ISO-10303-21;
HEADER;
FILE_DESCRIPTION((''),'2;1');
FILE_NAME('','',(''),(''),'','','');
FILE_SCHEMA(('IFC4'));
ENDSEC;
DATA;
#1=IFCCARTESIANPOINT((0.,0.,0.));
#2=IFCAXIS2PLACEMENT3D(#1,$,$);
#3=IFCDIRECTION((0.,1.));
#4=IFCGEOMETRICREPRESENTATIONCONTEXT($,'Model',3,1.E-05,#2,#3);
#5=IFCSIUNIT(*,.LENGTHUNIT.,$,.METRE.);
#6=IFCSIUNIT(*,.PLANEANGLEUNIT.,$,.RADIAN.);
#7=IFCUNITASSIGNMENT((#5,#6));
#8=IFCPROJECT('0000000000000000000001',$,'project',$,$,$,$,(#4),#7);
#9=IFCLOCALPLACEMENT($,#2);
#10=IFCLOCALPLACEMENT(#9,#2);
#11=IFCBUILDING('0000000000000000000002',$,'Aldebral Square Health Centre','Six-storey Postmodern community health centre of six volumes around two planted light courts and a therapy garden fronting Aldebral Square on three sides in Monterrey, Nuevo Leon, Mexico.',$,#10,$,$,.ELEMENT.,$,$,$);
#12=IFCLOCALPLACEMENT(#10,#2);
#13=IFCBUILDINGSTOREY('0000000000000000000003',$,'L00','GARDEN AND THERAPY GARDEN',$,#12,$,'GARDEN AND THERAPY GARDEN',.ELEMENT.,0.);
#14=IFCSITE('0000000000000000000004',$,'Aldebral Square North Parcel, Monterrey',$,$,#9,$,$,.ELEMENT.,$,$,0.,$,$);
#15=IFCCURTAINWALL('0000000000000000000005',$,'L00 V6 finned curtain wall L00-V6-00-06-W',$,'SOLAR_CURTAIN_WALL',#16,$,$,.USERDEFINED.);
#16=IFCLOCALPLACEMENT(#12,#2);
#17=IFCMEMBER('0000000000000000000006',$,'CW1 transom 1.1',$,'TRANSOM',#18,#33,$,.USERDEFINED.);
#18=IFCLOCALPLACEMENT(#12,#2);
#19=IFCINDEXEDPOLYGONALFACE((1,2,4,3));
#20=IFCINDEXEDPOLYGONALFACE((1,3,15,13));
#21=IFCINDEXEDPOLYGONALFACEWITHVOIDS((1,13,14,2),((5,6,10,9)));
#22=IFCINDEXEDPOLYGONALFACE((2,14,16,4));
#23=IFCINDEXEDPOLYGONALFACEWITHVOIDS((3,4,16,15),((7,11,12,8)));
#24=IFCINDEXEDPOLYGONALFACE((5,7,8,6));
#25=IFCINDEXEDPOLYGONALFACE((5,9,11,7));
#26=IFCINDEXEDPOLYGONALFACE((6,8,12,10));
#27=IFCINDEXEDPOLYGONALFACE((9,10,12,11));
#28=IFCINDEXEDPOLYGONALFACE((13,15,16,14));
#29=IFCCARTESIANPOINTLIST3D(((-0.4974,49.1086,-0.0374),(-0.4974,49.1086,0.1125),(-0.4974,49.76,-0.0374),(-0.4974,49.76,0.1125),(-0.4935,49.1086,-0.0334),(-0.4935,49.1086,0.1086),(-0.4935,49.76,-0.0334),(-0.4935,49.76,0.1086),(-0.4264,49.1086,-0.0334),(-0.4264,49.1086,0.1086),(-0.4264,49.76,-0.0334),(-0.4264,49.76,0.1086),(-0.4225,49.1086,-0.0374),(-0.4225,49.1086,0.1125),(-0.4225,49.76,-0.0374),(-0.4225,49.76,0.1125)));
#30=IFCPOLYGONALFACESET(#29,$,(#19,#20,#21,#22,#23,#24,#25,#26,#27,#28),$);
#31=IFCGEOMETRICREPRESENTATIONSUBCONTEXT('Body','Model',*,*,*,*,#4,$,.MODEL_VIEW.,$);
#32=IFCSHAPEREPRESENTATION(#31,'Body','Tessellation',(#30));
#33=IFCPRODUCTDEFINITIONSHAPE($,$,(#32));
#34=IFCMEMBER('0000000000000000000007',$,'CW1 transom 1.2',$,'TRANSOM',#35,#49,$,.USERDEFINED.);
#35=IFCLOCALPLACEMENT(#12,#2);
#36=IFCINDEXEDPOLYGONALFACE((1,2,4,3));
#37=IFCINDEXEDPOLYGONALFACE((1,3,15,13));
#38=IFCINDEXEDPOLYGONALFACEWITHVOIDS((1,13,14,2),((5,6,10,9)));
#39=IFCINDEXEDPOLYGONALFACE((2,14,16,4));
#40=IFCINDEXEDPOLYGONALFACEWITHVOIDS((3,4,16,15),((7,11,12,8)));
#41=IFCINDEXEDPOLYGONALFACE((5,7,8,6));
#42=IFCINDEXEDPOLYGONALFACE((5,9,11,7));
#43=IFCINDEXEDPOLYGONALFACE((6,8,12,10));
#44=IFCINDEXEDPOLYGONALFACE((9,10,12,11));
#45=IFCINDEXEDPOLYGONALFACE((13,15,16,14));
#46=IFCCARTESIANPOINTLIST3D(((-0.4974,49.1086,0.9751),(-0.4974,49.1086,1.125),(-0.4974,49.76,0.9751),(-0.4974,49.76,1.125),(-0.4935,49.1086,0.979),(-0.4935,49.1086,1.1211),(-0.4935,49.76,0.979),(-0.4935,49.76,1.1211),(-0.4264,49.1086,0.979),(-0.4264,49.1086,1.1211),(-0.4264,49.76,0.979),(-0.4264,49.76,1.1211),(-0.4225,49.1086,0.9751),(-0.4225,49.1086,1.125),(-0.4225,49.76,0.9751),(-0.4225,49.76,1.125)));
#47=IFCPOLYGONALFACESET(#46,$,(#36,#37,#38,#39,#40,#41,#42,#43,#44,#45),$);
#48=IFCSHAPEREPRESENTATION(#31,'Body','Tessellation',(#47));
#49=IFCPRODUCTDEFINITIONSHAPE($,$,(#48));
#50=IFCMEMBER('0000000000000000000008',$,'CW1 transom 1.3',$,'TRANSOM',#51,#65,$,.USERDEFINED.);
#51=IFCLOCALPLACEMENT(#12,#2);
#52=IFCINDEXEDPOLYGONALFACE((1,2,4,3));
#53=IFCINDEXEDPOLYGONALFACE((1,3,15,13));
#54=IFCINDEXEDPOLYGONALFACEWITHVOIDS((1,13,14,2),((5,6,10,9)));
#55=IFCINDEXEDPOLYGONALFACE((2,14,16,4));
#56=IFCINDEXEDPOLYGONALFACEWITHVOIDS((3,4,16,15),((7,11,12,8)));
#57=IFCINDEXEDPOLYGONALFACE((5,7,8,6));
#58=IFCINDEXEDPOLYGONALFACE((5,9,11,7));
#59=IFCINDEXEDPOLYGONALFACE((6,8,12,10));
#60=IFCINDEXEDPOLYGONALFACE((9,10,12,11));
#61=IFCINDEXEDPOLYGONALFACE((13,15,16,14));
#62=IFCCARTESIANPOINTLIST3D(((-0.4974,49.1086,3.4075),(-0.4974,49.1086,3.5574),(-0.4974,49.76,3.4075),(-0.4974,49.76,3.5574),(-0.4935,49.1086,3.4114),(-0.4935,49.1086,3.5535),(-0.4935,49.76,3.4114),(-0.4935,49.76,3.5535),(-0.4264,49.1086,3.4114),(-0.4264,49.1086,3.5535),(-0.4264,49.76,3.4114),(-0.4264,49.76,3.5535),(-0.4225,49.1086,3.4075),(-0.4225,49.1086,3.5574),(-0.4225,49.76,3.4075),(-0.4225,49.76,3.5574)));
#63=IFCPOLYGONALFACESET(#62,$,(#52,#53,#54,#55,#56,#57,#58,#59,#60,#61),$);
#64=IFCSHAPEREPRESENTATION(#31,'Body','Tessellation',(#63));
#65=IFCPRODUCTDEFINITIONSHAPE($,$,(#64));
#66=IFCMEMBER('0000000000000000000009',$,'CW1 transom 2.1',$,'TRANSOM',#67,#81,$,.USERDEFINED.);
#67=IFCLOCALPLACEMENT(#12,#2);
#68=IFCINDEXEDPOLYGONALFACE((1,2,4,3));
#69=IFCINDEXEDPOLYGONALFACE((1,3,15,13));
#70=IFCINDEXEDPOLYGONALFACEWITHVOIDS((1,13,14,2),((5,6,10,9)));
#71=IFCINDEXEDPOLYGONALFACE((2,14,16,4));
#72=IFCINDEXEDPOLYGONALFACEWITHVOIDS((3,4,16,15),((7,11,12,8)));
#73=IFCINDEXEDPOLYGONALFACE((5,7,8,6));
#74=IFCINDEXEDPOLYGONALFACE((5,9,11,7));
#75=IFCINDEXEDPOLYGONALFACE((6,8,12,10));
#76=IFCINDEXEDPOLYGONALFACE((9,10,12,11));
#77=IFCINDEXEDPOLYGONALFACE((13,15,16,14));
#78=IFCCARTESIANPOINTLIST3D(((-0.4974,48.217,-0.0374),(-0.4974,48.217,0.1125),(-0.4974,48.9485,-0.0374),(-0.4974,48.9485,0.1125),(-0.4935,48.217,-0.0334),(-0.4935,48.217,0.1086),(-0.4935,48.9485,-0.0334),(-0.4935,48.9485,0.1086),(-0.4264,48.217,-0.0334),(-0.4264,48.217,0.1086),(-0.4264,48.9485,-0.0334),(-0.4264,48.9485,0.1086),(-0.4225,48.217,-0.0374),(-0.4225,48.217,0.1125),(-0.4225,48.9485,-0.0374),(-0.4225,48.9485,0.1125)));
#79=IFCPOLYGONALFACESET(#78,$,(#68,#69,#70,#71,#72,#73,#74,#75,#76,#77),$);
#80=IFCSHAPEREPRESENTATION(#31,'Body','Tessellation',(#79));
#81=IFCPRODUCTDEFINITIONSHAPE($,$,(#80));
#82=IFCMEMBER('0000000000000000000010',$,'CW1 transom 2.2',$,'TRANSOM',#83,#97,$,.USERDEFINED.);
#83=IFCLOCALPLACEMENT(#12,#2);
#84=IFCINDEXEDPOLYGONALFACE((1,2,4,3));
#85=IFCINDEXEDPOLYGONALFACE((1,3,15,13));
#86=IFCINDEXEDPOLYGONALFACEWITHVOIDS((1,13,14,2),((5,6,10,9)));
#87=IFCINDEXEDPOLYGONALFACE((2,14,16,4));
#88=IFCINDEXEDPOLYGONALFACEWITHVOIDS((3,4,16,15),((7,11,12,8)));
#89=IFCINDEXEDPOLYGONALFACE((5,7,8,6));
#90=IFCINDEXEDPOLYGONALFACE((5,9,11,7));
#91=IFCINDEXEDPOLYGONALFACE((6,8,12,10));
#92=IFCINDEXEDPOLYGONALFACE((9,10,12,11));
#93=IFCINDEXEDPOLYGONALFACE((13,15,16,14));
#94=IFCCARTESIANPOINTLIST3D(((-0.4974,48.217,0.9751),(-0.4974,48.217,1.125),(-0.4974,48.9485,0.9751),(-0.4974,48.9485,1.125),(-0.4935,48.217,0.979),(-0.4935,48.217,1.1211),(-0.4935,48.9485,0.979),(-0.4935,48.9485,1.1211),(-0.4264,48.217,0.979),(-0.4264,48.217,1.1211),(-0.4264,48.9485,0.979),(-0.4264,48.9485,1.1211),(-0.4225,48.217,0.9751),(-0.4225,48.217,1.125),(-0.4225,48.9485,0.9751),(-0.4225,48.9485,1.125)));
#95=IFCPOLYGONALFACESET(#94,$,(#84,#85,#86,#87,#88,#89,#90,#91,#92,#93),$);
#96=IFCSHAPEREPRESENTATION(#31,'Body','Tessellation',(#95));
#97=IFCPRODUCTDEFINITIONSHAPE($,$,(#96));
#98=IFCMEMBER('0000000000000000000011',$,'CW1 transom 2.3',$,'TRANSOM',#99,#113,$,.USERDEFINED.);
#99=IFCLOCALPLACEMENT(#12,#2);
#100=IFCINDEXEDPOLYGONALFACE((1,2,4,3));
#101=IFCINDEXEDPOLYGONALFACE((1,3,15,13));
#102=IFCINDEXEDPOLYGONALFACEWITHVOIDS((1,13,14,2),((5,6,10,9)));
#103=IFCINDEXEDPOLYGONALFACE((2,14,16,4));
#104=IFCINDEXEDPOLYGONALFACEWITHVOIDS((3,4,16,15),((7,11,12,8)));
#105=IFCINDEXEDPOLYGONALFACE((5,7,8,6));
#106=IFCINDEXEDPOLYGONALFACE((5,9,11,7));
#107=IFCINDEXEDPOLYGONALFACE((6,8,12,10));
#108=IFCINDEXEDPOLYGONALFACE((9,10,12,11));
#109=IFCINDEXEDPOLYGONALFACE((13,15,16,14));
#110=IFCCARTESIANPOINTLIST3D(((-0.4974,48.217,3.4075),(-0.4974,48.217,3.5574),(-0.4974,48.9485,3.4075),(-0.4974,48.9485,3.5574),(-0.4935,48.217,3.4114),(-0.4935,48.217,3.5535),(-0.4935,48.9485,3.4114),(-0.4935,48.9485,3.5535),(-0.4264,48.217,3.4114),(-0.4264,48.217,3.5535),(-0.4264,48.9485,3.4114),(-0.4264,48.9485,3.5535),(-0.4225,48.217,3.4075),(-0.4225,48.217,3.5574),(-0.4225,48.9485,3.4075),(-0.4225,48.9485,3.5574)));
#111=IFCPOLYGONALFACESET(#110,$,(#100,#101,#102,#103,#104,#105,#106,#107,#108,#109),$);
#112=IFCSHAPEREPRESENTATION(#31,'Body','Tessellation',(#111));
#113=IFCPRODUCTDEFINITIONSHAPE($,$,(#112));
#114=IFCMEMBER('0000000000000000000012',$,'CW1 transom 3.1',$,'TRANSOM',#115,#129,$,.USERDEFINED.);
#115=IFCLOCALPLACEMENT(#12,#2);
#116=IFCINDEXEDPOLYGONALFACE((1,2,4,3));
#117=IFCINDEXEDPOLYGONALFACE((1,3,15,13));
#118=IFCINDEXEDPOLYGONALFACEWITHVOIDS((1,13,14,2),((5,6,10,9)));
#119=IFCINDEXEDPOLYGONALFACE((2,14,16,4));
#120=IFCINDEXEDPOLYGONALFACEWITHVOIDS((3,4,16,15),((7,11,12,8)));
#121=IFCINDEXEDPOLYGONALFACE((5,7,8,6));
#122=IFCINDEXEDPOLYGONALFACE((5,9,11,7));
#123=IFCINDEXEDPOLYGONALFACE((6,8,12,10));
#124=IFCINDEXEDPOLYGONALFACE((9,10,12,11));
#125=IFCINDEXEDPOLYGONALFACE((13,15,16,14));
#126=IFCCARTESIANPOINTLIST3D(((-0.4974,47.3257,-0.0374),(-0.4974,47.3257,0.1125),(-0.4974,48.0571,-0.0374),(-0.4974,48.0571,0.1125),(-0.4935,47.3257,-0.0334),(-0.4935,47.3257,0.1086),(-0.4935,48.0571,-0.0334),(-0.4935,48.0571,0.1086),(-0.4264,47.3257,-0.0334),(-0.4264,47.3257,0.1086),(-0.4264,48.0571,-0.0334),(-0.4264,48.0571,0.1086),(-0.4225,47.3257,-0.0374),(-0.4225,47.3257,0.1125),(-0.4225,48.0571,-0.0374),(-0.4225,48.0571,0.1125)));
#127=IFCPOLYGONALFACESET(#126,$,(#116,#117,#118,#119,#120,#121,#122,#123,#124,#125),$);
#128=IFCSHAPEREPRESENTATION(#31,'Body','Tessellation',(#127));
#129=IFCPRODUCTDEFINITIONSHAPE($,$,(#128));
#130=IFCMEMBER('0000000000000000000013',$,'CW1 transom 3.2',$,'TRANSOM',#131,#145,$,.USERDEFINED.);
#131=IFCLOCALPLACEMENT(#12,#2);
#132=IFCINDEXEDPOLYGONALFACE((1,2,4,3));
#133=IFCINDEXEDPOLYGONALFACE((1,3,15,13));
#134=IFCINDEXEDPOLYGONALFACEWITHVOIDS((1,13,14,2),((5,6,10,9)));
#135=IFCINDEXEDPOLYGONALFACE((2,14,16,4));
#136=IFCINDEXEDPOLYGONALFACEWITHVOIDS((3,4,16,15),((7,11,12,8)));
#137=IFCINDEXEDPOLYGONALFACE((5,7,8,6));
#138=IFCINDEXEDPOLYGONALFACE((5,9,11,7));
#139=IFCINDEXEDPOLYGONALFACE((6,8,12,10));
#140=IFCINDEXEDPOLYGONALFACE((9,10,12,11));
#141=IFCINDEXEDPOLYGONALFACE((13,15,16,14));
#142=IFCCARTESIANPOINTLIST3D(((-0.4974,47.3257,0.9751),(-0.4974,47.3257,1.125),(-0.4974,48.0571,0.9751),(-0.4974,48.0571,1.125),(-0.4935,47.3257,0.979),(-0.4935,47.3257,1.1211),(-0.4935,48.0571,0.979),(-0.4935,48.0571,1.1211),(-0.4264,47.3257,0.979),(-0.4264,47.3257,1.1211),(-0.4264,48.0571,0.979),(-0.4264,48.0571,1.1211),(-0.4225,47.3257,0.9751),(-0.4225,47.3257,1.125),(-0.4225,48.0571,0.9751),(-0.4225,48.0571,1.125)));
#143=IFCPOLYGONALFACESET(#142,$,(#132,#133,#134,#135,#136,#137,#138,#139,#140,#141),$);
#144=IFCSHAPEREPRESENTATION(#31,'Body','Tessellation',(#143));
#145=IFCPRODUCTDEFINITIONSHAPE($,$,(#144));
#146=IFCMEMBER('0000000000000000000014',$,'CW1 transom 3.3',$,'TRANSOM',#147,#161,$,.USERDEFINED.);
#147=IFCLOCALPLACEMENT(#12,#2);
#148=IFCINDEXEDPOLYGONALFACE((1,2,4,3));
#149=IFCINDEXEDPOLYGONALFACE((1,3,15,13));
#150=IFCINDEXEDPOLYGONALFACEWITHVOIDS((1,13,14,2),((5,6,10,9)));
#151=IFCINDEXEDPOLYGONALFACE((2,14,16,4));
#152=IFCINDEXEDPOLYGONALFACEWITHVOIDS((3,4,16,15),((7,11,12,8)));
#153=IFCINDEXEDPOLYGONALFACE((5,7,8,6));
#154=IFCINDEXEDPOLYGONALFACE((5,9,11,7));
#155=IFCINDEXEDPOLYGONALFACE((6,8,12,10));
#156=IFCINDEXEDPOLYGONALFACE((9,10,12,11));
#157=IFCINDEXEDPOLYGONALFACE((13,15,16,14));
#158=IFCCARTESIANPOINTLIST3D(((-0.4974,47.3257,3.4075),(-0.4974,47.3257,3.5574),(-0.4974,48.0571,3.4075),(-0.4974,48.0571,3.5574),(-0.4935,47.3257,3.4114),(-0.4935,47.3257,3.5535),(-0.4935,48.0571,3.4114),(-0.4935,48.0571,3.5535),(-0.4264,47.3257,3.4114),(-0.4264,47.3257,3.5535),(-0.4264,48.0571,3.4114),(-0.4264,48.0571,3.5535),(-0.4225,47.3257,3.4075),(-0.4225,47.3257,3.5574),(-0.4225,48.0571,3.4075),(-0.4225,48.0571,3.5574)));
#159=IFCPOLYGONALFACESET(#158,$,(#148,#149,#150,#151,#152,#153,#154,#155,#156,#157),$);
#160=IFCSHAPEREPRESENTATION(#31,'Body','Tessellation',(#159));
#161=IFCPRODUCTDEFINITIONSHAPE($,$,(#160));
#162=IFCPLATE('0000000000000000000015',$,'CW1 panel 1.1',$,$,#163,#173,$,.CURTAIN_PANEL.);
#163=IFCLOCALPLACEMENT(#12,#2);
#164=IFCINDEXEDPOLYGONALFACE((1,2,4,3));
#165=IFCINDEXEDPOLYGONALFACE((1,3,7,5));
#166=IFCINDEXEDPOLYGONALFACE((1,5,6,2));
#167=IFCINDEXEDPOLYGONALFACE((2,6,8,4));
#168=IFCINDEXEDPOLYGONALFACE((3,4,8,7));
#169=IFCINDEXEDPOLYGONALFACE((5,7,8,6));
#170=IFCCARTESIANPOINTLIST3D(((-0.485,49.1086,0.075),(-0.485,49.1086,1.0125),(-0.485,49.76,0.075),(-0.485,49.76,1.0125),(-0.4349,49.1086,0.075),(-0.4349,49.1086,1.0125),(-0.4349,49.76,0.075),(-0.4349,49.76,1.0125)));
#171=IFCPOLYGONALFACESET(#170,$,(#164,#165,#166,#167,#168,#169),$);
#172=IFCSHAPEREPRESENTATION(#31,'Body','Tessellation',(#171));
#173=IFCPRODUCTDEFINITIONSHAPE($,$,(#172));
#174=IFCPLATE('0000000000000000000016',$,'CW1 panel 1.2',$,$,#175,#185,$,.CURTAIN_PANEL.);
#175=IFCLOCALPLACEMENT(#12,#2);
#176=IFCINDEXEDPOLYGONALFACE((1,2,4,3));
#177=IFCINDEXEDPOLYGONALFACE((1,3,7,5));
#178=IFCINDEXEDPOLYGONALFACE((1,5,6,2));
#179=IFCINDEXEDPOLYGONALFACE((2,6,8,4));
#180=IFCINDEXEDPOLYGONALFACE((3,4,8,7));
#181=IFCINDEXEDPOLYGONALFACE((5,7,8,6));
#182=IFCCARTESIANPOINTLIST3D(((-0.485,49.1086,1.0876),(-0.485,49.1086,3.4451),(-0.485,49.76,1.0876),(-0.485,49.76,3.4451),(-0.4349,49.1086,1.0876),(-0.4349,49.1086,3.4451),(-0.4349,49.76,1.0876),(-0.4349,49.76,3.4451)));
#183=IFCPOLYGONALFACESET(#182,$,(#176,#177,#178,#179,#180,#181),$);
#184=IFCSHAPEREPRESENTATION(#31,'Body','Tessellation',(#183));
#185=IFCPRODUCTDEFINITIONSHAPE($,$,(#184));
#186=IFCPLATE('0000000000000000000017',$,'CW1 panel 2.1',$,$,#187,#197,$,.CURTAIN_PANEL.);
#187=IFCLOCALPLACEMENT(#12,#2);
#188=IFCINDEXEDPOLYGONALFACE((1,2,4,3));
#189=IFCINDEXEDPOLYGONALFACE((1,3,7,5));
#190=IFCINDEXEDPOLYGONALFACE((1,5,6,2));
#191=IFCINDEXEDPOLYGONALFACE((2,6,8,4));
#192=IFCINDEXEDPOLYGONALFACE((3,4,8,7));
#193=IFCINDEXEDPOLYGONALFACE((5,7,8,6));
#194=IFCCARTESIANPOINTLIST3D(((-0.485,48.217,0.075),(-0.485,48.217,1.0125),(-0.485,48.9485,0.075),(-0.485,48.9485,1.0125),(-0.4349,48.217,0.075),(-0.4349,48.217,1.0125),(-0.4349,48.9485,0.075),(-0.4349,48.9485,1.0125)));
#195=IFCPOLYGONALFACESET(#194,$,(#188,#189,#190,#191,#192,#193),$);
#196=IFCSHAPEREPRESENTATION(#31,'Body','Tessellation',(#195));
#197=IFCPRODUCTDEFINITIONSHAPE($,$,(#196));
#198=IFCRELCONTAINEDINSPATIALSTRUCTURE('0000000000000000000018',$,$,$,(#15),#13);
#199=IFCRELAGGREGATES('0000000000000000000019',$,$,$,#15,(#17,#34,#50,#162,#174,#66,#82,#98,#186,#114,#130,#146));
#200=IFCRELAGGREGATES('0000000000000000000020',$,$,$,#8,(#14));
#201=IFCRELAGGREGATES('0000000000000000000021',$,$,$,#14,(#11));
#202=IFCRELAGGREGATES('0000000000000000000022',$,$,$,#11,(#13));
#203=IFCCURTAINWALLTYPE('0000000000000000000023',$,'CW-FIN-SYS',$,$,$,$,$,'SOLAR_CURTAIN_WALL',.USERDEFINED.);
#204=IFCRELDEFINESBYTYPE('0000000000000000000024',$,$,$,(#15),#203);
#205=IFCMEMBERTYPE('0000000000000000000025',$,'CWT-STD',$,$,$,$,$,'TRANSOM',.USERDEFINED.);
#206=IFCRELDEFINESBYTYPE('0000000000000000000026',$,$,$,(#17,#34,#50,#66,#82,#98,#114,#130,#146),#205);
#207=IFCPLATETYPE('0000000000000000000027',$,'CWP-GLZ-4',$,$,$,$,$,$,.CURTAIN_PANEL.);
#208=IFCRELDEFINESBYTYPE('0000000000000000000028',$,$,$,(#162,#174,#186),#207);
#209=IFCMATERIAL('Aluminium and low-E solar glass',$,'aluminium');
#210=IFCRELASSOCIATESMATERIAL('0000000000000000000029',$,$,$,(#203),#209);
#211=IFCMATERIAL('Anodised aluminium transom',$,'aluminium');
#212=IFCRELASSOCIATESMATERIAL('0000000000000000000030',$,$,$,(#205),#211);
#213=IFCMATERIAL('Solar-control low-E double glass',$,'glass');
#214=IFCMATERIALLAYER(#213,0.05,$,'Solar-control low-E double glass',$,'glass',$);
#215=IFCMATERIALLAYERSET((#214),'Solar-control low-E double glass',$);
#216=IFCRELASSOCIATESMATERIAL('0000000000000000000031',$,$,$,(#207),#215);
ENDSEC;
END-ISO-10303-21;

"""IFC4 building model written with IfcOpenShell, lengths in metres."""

from ifc_helpers import new_model, si_unit, direction, frame, origin, origin_2d, place, context, subcontext, project, spatial, rectangle, hollow_rectangle, extrude, material, layer, layer_set, material_profile, profile_set, type_object, element, aggregate, save


model = new_model("IFC4")

# Units and contexts
model_context = context("Model", 3, precision=1e-05, world=origin(), true_north=direction((0.0, 1.0)))
body_context = subcontext(model_context, "Body", "Model", "MODEL_VIEW")
ifc_project = project(units=[si_unit("LENGTHUNIT", "METRE"), si_unit("PLANEANGLEUNIT", "RADIAN")], contexts=[model_context])

# Site, building, storey
site_placement = place(None, origin())
site = spatial("IfcSite", under=ifc_project, at=site_placement, Name="Aldebral Square North Parcel, Monterrey", CompositionType="ELEMENT", RefElevation=0.0)
building_placement = place(site_placement, origin())
building = spatial("IfcBuilding", under=site, at=building_placement, Name="Aldebral Square Health Centre", Description="Six-storey Postmodern community health centre of six volumes around two planted light courts and a therapy garden fronting Aldebral Square on three sides in Monterrey, Nuevo Leon, Mexico.", CompositionType="ELEMENT")
storey_placement = place(building_placement, origin())
storey = spatial("IfcBuildingStorey", under=building, at=storey_placement, Name="L00", Description="GARDEN AND THERAPY GARDEN", LongName="GARDEN AND THERAPY GARDEN", CompositionType="ELEMENT", Elevation=0.0)

# Curtain wall, members, plates
ifc_material_1 = material(Name="Aluminium and low-E solar glass", Category="aluminium")
curtain_wall_type = type_object("IfcCurtainWallType", Name="CW-FIN-SYS", ElementType="SOLAR_CURTAIN_WALL", PredefinedType="USERDEFINED", material=ifc_material_1)
curtain_wall_placement = place(storey_placement, origin())
curtain_wall = element("IfcCurtainWall", 1, at=curtain_wall_placement, inside=storey, type_object=curtain_wall_type, Name="L00 V6 finned curtain wall L00-V6-00-06-W", ObjectType="SOLAR_CURTAIN_WALL", PredefinedType="USERDEFINED")
ifc_material_2 = material(Name="Anodised aluminium transom", Category="aluminium")
ifc_material_profile_1 = material_profile(ifc_material_2, hollow_rectangle(XDim=0.075, YDim=0.1499, WallThickness=0.0039, at=origin_2d()), Name="CWT 75x150x4")
ifc_profile_set_1 = profile_set([ifc_material_profile_1], Name="Anodised aluminium transom")
member_type_1 = type_object("IfcMemberType", Name="CWT-STD", ElementType="TRANSOM", PredefinedType="USERDEFINED", material=ifc_profile_set_1)
member_1_placement = place(storey_placement, frame((-0.46, 49.76, 0.0376), z_axis=(0.0, -1.0, 0.0), x_axis=(1.0, 0.0, 0.0)))
member_1 = element("IfcMember", 2, at=member_1_placement, type_object=member_type_1, Name="CW1 transom 1.1", ObjectType="TRANSOM", PredefinedType="USERDEFINED", context=body_context, shape_type="SweptSolid", body=[
    extrude(hollow_rectangle(XDim=0.075, YDim=0.1499, WallThickness=0.0039, at=origin_2d()), origin(), (0.0, 0.0, 1.0), 0.6514),
])
member_2_placement = place(storey_placement, frame((-0.46, 49.76, 1.05), z_axis=(0.0, -1.0, 0.0), x_axis=(1.0, 0.0, 0.0)))
member_2 = element("IfcMember", 3, at=member_2_placement, type_object=member_type_1, Name="CW1 transom 1.2", ObjectType="TRANSOM", PredefinedType="USERDEFINED", context=body_context, shape_type="SweptSolid", body=[
    extrude(hollow_rectangle(XDim=0.075, YDim=0.1499, WallThickness=0.0039, at=origin_2d()), origin(), (0.0, 0.0, 1.0), 0.6514),
])
member_3_placement = place(storey_placement, frame((-0.46, 49.76, 3.4824), z_axis=(0.0, -1.0, 0.0), x_axis=(1.0, 0.0, 0.0)))
member_3 = element("IfcMember", 4, at=member_3_placement, type_object=member_type_1, Name="CW1 transom 1.3", ObjectType="TRANSOM", PredefinedType="USERDEFINED", context=body_context, shape_type="SweptSolid", body=[
    extrude(hollow_rectangle(XDim=0.075, YDim=0.1499, WallThickness=0.0039, at=origin_2d()), origin(), (0.0, 0.0, 1.0), 0.6514),
])
member_4_placement = place(storey_placement, frame((-0.46, 48.9485, 0.0376), z_axis=(0.0, -1.0, 0.0), x_axis=(1.0, 0.0, 0.0)))
member_4 = element("IfcMember", 5, at=member_4_placement, type_object=member_type_1, Name="CW1 transom 2.1", ObjectType="TRANSOM", PredefinedType="USERDEFINED", context=body_context, shape_type="SweptSolid", body=[
    extrude(hollow_rectangle(XDim=0.075, YDim=0.1499, WallThickness=0.0039, at=origin_2d()), origin(), (0.0, 0.0, 1.0), 0.7314),
])
member_5_placement = place(storey_placement, frame((-0.46, 48.9485, 1.05), z_axis=(0.0, -1.0, 0.0), x_axis=(1.0, 0.0, 0.0)))
member_5 = element("IfcMember", 6, at=member_5_placement, type_object=member_type_1, Name="CW1 transom 2.2", ObjectType="TRANSOM", PredefinedType="USERDEFINED", context=body_context, shape_type="SweptSolid", body=[
    extrude(hollow_rectangle(XDim=0.075, YDim=0.1499, WallThickness=0.0039, at=origin_2d()), origin(), (0.0, 0.0, 1.0), 0.7314),
])
member_6_placement = place(storey_placement, frame((-0.46, 48.9485, 3.4824), z_axis=(0.0, -1.0, 0.0), x_axis=(1.0, 0.0, 0.0)))
member_6 = element("IfcMember", 7, at=member_6_placement, type_object=member_type_1, Name="CW1 transom 2.3", ObjectType="TRANSOM", PredefinedType="USERDEFINED", context=body_context, shape_type="SweptSolid", body=[
    extrude(hollow_rectangle(XDim=0.075, YDim=0.1499, WallThickness=0.0039, at=origin_2d()), origin(), (0.0, 0.0, 1.0), 0.7314),
])
member_7_placement = place(storey_placement, frame((-0.46, 48.0571, 0.0376), z_axis=(0.0, -1.0, 0.0), x_axis=(1.0, 0.0, 0.0)))
member_7 = element("IfcMember", 8, at=member_7_placement, type_object=member_type_1, Name="CW1 transom 3.1", ObjectType="TRANSOM", PredefinedType="USERDEFINED", context=body_context, shape_type="SweptSolid", body=[
    extrude(hollow_rectangle(XDim=0.075, YDim=0.1499, WallThickness=0.0039, at=origin_2d()), origin(), (0.0, 0.0, 1.0), 0.7314),
])
member_8_placement = place(storey_placement, frame((-0.46, 48.0571, 1.05), z_axis=(0.0, -1.0, 0.0), x_axis=(1.0, 0.0, 0.0)))
member_8 = element("IfcMember", 9, at=member_8_placement, type_object=member_type_1, Name="CW1 transom 3.2", ObjectType="TRANSOM", PredefinedType="USERDEFINED", context=body_context, shape_type="SweptSolid", body=[
    extrude(hollow_rectangle(XDim=0.075, YDim=0.1499, WallThickness=0.0039, at=origin_2d()), origin(), (0.0, 0.0, 1.0), 0.7314),
])
member_9_placement = place(storey_placement, frame((-0.46, 48.0571, 3.4824), z_axis=(0.0, -1.0, 0.0), x_axis=(1.0, 0.0, 0.0)))
member_9 = element("IfcMember", 10, at=member_9_placement, type_object=member_type_1, Name="CW1 transom 3.3", ObjectType="TRANSOM", PredefinedType="USERDEFINED", context=body_context, shape_type="SweptSolid", body=[
    extrude(hollow_rectangle(XDim=0.075, YDim=0.1499, WallThickness=0.0039, at=origin_2d()), origin(), (0.0, 0.0, 1.0), 0.7314),
])
ifc_material_3 = material(Name="Solar-control low-E double glass", Category="glass")
ifc_layer_1 = layer(ifc_material_3, 0.05, Name="Solar-control low-E double glass", Category="glass")
ifc_layer_set_1 = layer_set([ifc_layer_1], Name="Solar-control low-E double glass")
plate_type = type_object("IfcPlateType", Name="CWP-GLZ-4", PredefinedType="CURTAIN_PANEL", material=ifc_layer_set_1)
plate_1_placement = place(storey_placement, frame((-0.46, 49.4343, 0.075), z_axis=(0.0, 0.0, 1.0), x_axis=(0.0, -1.0, 0.0)))
plate_1 = element("IfcPlate", 11, at=plate_1_placement, type_object=plate_type, Name="CW1 panel 1.1", PredefinedType="CURTAIN_PANEL", context=body_context, shape_type="SweptSolid", body=[
    extrude(rectangle(XDim=0.6514, YDim=0.05, at=origin_2d()), origin(), (0.0, 0.0, 1.0), 0.9375),
])
plate_2_placement = place(storey_placement, frame((-0.46, 49.4343, 1.0876), z_axis=(0.0, 0.0, 1.0), x_axis=(0.0, -1.0, 0.0)))
plate_2 = element("IfcPlate", 12, at=plate_2_placement, type_object=plate_type, Name="CW1 panel 1.2", PredefinedType="CURTAIN_PANEL", context=body_context, shape_type="SweptSolid", body=[
    extrude(rectangle(XDim=0.6514, YDim=0.05, at=origin_2d()), origin(), (0.0, 0.0, 1.0), 2.3574),
])
plate_3_placement = place(storey_placement, frame((-0.46, 48.5828, 0.075), z_axis=(0.0, 0.0, 1.0), x_axis=(0.0, -1.0, 0.0)))
plate_3 = element("IfcPlate", 13, at=plate_3_placement, type_object=plate_type, Name="CW1 panel 2.1", PredefinedType="CURTAIN_PANEL", context=body_context, shape_type="SweptSolid", body=[
    extrude(rectangle(XDim=0.7314, YDim=0.05, at=origin_2d()), origin(), (0.0, 0.0, 1.0), 0.9375),
])
aggregate(curtain_wall, [member_1, member_2, member_3, plate_1, plate_2, member_4, member_5, member_6, plate_3, member_7, member_8, member_9])

save(model, "model.ifc")
